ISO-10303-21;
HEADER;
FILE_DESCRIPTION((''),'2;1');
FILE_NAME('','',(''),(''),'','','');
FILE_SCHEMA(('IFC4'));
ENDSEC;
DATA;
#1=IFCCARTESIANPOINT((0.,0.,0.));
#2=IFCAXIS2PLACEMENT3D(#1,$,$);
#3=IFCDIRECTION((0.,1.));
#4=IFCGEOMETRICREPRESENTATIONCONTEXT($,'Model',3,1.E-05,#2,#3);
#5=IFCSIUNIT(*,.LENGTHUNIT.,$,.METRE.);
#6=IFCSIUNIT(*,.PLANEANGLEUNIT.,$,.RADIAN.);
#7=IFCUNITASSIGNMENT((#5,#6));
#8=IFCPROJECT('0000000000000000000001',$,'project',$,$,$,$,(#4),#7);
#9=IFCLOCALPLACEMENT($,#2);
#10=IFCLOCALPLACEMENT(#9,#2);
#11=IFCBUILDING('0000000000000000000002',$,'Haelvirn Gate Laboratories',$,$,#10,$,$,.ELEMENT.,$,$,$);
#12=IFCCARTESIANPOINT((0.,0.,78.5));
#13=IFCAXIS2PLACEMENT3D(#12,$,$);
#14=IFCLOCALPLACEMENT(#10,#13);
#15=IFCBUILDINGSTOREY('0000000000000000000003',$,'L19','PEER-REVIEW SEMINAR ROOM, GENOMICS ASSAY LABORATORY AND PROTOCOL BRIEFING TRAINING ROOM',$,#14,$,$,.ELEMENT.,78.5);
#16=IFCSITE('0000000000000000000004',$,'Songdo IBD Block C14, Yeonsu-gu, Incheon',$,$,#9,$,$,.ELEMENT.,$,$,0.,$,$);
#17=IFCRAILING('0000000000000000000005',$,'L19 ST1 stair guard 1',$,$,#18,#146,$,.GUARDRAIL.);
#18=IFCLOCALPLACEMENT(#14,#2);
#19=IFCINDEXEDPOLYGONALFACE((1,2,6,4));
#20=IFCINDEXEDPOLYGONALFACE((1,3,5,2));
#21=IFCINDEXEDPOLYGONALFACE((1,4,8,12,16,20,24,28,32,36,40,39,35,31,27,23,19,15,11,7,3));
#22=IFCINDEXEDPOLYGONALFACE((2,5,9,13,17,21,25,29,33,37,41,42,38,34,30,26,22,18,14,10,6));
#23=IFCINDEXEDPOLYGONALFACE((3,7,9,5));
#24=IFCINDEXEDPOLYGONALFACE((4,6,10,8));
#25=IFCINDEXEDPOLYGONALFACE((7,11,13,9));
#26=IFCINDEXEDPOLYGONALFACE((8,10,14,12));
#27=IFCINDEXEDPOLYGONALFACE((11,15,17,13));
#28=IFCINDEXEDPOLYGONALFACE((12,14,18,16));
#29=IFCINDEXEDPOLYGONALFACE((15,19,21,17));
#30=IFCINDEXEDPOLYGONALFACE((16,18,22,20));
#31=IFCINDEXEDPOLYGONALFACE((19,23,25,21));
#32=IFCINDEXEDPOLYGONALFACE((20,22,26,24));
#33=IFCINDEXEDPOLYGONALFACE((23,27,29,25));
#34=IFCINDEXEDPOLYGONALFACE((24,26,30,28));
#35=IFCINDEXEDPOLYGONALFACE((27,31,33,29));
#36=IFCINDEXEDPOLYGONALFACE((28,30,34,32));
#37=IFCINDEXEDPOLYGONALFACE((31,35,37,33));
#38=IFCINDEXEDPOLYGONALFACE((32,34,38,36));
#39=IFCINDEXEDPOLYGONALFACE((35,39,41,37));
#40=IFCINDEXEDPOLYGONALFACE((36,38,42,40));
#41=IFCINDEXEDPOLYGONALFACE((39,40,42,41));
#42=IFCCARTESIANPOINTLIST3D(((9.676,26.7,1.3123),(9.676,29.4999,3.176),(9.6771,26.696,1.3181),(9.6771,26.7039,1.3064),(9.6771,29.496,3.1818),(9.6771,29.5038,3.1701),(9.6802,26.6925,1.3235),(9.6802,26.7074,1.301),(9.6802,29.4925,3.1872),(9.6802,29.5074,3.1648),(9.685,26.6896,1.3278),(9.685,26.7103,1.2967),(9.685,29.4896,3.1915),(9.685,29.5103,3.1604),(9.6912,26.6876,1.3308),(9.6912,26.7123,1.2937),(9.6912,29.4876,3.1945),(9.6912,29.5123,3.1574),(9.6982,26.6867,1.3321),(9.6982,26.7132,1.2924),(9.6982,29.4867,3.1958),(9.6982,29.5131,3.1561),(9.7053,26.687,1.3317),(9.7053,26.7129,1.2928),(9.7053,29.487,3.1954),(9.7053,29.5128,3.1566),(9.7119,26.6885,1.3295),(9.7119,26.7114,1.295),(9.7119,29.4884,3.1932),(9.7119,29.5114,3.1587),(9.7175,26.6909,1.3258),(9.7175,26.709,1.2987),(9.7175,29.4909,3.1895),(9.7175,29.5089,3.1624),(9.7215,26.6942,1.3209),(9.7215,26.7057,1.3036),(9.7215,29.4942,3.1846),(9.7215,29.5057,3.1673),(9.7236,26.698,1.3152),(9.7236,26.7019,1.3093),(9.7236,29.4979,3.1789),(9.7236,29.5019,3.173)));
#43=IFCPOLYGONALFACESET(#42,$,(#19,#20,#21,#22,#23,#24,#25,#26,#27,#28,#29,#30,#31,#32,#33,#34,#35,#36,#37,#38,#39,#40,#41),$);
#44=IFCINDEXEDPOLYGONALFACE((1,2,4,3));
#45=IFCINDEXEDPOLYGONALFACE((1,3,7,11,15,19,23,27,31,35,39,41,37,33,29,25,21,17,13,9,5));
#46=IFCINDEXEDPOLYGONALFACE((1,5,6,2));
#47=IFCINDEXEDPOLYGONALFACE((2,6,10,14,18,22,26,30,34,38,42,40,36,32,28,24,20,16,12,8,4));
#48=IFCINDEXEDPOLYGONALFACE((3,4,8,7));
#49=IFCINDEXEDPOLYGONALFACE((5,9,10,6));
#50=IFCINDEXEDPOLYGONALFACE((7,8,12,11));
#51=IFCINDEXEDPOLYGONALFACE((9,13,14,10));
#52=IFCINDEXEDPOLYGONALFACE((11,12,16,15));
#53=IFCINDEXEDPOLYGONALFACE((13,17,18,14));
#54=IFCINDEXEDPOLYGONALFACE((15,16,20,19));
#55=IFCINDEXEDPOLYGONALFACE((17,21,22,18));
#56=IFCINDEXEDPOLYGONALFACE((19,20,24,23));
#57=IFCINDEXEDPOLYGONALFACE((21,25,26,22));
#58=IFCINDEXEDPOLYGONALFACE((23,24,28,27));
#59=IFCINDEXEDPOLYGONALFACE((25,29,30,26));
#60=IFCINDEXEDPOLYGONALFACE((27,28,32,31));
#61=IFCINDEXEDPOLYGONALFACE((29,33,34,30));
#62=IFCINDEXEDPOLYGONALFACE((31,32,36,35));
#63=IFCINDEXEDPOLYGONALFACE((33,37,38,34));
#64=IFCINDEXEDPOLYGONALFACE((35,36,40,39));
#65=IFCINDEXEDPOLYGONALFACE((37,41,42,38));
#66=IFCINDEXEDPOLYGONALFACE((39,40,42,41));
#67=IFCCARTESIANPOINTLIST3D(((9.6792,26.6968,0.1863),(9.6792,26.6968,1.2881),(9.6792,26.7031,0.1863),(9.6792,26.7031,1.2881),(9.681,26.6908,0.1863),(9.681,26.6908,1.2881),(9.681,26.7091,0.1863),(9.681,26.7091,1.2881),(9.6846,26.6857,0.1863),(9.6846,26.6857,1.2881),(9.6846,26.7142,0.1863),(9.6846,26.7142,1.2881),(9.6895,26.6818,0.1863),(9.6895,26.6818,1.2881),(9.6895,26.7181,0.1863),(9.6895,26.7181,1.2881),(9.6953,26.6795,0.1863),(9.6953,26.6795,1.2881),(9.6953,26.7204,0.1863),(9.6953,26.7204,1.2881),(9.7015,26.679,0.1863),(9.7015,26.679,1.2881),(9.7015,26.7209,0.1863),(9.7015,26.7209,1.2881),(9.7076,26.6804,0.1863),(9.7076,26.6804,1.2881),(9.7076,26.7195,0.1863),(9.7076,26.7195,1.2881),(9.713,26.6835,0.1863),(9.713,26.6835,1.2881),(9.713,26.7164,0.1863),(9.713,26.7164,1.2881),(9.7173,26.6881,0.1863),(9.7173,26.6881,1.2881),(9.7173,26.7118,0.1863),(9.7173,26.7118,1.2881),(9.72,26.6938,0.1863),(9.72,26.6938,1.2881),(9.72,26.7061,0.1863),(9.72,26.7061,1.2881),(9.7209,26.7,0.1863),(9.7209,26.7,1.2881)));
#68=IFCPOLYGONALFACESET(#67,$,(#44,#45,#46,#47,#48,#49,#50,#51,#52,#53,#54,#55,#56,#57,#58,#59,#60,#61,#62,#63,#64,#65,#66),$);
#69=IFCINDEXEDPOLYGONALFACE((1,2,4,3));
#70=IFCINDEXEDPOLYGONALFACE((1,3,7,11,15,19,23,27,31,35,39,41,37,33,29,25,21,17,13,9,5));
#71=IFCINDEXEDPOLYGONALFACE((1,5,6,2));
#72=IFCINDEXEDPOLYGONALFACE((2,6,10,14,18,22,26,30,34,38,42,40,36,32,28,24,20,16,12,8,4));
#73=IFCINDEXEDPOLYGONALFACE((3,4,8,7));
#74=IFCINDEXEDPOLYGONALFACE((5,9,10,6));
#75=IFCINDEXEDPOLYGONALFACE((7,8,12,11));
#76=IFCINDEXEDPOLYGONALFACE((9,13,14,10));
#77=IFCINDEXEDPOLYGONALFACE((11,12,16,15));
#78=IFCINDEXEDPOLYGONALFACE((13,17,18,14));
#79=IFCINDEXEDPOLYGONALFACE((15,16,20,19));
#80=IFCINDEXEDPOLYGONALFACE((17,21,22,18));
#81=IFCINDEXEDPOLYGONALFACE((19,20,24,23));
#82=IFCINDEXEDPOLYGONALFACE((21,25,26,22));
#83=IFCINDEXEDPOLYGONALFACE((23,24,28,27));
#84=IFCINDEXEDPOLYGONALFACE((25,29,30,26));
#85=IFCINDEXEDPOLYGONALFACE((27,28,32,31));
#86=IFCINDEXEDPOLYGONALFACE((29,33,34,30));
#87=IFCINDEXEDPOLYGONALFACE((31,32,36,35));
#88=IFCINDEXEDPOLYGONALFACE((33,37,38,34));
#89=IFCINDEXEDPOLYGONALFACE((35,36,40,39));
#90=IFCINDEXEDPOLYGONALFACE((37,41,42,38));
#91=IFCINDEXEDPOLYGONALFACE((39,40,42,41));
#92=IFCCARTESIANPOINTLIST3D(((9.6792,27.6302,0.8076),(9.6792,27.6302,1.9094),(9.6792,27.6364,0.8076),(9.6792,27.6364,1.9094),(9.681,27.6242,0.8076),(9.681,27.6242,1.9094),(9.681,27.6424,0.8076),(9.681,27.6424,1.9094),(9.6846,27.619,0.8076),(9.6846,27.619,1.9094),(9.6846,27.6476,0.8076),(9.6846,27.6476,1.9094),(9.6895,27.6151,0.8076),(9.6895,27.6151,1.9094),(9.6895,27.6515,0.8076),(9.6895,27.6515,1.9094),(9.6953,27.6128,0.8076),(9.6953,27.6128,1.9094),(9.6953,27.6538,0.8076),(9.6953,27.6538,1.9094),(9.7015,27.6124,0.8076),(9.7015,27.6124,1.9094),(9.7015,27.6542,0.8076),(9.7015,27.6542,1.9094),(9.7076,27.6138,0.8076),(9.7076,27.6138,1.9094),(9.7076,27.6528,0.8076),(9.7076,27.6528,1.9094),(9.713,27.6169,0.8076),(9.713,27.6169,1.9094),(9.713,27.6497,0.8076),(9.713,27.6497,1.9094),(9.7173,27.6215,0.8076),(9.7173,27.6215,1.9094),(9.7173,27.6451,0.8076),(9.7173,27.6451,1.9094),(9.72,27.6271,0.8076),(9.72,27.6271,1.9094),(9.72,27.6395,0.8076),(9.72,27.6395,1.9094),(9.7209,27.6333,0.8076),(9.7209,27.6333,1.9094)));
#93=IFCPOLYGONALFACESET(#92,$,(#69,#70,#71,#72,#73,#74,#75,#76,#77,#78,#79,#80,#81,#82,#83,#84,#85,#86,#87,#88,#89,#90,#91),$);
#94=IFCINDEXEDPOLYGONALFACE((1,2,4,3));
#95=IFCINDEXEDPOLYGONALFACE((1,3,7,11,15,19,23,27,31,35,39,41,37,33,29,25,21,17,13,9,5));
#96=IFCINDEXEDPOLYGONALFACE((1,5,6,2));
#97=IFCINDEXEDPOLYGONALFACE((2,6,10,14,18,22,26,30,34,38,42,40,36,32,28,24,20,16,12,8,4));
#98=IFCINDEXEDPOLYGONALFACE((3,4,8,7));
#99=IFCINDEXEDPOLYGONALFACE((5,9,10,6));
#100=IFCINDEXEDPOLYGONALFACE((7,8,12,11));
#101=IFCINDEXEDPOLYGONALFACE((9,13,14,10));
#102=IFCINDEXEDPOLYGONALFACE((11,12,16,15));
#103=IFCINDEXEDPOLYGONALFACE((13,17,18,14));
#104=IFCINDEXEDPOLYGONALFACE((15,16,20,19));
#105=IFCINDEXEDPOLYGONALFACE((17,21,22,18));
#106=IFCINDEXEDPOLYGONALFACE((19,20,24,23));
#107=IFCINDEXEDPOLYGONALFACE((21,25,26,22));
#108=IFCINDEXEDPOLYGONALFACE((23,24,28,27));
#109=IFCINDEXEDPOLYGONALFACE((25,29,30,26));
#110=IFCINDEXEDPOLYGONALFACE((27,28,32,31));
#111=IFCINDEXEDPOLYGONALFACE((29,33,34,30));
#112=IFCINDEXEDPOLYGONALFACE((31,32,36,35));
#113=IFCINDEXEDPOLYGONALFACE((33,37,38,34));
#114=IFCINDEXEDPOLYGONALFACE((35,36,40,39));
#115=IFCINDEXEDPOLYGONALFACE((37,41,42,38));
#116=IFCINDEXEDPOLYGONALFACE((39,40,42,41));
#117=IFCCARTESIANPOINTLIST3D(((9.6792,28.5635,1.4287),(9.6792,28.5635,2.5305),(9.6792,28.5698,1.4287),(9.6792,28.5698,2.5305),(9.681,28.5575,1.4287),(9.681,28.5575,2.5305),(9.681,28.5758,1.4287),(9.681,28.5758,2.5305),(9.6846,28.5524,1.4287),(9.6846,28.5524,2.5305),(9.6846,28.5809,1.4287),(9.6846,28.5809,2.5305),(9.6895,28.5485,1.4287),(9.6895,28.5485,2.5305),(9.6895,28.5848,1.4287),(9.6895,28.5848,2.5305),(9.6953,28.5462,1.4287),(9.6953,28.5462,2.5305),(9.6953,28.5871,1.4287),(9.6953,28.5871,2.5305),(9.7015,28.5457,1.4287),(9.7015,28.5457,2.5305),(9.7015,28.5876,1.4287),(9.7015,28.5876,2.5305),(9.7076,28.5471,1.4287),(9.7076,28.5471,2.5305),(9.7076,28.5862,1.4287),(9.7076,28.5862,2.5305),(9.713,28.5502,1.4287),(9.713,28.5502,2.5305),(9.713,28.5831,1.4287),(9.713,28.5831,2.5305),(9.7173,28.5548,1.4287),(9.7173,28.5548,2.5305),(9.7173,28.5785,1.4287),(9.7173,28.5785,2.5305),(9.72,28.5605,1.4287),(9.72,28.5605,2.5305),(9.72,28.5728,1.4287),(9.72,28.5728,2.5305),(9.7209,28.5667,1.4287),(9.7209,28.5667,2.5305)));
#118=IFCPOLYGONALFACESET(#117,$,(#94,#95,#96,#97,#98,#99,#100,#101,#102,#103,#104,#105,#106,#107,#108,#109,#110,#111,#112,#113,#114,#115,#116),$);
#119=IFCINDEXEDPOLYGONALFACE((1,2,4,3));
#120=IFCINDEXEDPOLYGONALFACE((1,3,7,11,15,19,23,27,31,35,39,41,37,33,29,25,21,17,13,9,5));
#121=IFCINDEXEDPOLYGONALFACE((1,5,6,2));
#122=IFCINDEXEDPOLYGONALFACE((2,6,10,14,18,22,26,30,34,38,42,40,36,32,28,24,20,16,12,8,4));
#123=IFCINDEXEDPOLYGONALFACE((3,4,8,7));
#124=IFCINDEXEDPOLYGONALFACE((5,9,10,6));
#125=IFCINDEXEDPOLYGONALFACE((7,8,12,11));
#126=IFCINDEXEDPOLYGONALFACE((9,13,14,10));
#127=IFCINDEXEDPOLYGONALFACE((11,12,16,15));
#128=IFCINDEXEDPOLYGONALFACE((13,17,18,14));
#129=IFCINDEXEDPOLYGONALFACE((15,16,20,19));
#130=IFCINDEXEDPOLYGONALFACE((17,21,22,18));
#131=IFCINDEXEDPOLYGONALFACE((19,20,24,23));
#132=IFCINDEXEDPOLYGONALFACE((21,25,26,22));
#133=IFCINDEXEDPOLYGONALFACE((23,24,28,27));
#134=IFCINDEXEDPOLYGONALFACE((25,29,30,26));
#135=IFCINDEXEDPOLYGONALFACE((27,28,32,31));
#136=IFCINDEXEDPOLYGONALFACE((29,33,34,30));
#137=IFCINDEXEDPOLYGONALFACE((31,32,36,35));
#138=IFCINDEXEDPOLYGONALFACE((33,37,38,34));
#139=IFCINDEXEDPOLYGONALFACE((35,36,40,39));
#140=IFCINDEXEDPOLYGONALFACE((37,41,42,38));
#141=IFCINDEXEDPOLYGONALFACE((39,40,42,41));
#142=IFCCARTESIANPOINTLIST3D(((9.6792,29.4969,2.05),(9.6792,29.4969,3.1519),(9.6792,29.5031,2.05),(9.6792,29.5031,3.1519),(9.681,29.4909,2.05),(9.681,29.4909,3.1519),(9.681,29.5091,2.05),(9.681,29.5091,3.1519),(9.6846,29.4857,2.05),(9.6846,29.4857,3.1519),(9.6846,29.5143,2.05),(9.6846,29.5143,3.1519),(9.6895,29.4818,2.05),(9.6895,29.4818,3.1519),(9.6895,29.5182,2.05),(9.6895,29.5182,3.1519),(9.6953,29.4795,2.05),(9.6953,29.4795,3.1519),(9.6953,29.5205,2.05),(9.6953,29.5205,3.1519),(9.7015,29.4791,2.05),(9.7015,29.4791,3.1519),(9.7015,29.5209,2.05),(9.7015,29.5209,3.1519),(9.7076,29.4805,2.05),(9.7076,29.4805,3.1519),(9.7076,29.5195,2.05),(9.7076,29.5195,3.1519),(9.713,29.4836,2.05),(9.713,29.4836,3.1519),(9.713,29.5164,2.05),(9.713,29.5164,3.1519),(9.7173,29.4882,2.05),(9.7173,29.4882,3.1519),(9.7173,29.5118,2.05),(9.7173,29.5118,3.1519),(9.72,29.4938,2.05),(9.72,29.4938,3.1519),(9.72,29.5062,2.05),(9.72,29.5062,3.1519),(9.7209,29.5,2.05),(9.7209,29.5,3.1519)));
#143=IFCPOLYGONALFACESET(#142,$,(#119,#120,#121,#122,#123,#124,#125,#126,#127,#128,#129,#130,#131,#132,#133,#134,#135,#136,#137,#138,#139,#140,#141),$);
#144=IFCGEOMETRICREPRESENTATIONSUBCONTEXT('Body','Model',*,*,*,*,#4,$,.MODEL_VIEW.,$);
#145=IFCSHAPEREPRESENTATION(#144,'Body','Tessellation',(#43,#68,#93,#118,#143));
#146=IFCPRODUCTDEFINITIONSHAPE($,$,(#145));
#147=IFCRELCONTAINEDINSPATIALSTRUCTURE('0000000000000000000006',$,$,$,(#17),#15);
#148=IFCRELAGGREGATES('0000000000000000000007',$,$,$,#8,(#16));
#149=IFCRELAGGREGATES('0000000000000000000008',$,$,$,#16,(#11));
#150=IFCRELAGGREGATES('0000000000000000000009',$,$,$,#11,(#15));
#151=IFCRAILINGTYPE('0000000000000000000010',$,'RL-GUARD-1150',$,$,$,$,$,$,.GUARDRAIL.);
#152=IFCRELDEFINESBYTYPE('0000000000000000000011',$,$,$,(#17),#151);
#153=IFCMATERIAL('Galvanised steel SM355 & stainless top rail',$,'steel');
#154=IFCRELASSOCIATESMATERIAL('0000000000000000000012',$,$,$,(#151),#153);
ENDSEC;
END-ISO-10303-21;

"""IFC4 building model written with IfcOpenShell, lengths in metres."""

from ifc_helpers import new_model, si_unit, direction, frame, origin, origin_2d, place, context, subcontext, project, spatial, circle, extrude, source, transform, mapped, material, type_object, element, save


model = new_model("IFC4")

# Units and contexts
model_context = context("Model", 3, precision=1e-05, world=origin(), true_north=direction((0.0, 1.0)))
body_context = subcontext(model_context, "Body", "Model", "MODEL_VIEW")
ifc_project = project(units=[si_unit("LENGTHUNIT", "METRE"), si_unit("PLANEANGLEUNIT", "RADIAN")], contexts=[model_context])

# Site, building, storey
site_placement = place(None, origin())
site = spatial("IfcSite", under=ifc_project, at=site_placement, Name="Songdo IBD Block C14, Yeonsu-gu, Incheon", CompositionType="ELEMENT", RefElevation=0.0)
building_placement = place(site_placement, origin())
building = spatial("IfcBuilding", under=site, at=building_placement, Name="Haelvirn Gate Laboratories", CompositionType="ELEMENT")
storey_placement = place(building_placement, frame((0.0, 0.0, 78.5)))
storey = spatial("IfcBuildingStorey", under=building, at=storey_placement, Name="L19", Description="PEER-REVIEW SEMINAR ROOM, GENOMICS ASSAY LABORATORY AND PROTOCOL BRIEFING TRAINING ROOM", CompositionType="ELEMENT", Elevation=78.5)

# Railing
ifc_material_1 = material(Name="Galvanised steel SM355 & stainless top rail", Category="steel")
railing_type_1 = type_object("IfcRailingType", Name="RL-GUARD-1150", PredefinedType="GUARDRAIL", material=ifc_material_1)
shared_shape_1 = source(origin(), body_context, "Body", "SweptSolid", [
    extrude(circle(Radius=0.0239, at=origin_2d()), frame((0.0, 0.0, 1.126), z_axis=(0.0, 0.832452, 0.554097), x_axis=(-1.0, 0.0, 0.0)), (0.0, 0.0, 1.0), 3.3635),
    extrude(circle(Radius=0.021, at=origin_2d()), origin(), (0.0, 0.0, 1.0), 1.1018),
    extrude(circle(Radius=0.021, at=origin_2d()), frame((0.0, 0.9333, 0.6213)), (0.0, 0.0, 1.0), 1.1018),
    extrude(circle(Radius=0.021, at=origin_2d()), frame((0.0, 1.8667, 1.2424)), (0.0, 0.0, 1.0), 1.1018),
    extrude(circle(Radius=0.021, at=origin_2d()), frame((0.0, 2.8, 1.8638)), (0.0, 0.0, 1.0), 1.1018),
])
railing_1_placement = place(storey_placement, frame((9.7, 26.7, 0.1863)))
element("IfcRailing", 1, at=railing_1_placement, inside=storey, type_object=railing_type_1, Name="L19 ST1 stair guard 1", PredefinedType="GUARDRAIL", context=body_context, shape_type="MappedRepresentation", body=[
    mapped(shared_shape_1, transform((0.0, 0.0, 0.0), scale=1.0)),
])

save(model, "model.ifc")
